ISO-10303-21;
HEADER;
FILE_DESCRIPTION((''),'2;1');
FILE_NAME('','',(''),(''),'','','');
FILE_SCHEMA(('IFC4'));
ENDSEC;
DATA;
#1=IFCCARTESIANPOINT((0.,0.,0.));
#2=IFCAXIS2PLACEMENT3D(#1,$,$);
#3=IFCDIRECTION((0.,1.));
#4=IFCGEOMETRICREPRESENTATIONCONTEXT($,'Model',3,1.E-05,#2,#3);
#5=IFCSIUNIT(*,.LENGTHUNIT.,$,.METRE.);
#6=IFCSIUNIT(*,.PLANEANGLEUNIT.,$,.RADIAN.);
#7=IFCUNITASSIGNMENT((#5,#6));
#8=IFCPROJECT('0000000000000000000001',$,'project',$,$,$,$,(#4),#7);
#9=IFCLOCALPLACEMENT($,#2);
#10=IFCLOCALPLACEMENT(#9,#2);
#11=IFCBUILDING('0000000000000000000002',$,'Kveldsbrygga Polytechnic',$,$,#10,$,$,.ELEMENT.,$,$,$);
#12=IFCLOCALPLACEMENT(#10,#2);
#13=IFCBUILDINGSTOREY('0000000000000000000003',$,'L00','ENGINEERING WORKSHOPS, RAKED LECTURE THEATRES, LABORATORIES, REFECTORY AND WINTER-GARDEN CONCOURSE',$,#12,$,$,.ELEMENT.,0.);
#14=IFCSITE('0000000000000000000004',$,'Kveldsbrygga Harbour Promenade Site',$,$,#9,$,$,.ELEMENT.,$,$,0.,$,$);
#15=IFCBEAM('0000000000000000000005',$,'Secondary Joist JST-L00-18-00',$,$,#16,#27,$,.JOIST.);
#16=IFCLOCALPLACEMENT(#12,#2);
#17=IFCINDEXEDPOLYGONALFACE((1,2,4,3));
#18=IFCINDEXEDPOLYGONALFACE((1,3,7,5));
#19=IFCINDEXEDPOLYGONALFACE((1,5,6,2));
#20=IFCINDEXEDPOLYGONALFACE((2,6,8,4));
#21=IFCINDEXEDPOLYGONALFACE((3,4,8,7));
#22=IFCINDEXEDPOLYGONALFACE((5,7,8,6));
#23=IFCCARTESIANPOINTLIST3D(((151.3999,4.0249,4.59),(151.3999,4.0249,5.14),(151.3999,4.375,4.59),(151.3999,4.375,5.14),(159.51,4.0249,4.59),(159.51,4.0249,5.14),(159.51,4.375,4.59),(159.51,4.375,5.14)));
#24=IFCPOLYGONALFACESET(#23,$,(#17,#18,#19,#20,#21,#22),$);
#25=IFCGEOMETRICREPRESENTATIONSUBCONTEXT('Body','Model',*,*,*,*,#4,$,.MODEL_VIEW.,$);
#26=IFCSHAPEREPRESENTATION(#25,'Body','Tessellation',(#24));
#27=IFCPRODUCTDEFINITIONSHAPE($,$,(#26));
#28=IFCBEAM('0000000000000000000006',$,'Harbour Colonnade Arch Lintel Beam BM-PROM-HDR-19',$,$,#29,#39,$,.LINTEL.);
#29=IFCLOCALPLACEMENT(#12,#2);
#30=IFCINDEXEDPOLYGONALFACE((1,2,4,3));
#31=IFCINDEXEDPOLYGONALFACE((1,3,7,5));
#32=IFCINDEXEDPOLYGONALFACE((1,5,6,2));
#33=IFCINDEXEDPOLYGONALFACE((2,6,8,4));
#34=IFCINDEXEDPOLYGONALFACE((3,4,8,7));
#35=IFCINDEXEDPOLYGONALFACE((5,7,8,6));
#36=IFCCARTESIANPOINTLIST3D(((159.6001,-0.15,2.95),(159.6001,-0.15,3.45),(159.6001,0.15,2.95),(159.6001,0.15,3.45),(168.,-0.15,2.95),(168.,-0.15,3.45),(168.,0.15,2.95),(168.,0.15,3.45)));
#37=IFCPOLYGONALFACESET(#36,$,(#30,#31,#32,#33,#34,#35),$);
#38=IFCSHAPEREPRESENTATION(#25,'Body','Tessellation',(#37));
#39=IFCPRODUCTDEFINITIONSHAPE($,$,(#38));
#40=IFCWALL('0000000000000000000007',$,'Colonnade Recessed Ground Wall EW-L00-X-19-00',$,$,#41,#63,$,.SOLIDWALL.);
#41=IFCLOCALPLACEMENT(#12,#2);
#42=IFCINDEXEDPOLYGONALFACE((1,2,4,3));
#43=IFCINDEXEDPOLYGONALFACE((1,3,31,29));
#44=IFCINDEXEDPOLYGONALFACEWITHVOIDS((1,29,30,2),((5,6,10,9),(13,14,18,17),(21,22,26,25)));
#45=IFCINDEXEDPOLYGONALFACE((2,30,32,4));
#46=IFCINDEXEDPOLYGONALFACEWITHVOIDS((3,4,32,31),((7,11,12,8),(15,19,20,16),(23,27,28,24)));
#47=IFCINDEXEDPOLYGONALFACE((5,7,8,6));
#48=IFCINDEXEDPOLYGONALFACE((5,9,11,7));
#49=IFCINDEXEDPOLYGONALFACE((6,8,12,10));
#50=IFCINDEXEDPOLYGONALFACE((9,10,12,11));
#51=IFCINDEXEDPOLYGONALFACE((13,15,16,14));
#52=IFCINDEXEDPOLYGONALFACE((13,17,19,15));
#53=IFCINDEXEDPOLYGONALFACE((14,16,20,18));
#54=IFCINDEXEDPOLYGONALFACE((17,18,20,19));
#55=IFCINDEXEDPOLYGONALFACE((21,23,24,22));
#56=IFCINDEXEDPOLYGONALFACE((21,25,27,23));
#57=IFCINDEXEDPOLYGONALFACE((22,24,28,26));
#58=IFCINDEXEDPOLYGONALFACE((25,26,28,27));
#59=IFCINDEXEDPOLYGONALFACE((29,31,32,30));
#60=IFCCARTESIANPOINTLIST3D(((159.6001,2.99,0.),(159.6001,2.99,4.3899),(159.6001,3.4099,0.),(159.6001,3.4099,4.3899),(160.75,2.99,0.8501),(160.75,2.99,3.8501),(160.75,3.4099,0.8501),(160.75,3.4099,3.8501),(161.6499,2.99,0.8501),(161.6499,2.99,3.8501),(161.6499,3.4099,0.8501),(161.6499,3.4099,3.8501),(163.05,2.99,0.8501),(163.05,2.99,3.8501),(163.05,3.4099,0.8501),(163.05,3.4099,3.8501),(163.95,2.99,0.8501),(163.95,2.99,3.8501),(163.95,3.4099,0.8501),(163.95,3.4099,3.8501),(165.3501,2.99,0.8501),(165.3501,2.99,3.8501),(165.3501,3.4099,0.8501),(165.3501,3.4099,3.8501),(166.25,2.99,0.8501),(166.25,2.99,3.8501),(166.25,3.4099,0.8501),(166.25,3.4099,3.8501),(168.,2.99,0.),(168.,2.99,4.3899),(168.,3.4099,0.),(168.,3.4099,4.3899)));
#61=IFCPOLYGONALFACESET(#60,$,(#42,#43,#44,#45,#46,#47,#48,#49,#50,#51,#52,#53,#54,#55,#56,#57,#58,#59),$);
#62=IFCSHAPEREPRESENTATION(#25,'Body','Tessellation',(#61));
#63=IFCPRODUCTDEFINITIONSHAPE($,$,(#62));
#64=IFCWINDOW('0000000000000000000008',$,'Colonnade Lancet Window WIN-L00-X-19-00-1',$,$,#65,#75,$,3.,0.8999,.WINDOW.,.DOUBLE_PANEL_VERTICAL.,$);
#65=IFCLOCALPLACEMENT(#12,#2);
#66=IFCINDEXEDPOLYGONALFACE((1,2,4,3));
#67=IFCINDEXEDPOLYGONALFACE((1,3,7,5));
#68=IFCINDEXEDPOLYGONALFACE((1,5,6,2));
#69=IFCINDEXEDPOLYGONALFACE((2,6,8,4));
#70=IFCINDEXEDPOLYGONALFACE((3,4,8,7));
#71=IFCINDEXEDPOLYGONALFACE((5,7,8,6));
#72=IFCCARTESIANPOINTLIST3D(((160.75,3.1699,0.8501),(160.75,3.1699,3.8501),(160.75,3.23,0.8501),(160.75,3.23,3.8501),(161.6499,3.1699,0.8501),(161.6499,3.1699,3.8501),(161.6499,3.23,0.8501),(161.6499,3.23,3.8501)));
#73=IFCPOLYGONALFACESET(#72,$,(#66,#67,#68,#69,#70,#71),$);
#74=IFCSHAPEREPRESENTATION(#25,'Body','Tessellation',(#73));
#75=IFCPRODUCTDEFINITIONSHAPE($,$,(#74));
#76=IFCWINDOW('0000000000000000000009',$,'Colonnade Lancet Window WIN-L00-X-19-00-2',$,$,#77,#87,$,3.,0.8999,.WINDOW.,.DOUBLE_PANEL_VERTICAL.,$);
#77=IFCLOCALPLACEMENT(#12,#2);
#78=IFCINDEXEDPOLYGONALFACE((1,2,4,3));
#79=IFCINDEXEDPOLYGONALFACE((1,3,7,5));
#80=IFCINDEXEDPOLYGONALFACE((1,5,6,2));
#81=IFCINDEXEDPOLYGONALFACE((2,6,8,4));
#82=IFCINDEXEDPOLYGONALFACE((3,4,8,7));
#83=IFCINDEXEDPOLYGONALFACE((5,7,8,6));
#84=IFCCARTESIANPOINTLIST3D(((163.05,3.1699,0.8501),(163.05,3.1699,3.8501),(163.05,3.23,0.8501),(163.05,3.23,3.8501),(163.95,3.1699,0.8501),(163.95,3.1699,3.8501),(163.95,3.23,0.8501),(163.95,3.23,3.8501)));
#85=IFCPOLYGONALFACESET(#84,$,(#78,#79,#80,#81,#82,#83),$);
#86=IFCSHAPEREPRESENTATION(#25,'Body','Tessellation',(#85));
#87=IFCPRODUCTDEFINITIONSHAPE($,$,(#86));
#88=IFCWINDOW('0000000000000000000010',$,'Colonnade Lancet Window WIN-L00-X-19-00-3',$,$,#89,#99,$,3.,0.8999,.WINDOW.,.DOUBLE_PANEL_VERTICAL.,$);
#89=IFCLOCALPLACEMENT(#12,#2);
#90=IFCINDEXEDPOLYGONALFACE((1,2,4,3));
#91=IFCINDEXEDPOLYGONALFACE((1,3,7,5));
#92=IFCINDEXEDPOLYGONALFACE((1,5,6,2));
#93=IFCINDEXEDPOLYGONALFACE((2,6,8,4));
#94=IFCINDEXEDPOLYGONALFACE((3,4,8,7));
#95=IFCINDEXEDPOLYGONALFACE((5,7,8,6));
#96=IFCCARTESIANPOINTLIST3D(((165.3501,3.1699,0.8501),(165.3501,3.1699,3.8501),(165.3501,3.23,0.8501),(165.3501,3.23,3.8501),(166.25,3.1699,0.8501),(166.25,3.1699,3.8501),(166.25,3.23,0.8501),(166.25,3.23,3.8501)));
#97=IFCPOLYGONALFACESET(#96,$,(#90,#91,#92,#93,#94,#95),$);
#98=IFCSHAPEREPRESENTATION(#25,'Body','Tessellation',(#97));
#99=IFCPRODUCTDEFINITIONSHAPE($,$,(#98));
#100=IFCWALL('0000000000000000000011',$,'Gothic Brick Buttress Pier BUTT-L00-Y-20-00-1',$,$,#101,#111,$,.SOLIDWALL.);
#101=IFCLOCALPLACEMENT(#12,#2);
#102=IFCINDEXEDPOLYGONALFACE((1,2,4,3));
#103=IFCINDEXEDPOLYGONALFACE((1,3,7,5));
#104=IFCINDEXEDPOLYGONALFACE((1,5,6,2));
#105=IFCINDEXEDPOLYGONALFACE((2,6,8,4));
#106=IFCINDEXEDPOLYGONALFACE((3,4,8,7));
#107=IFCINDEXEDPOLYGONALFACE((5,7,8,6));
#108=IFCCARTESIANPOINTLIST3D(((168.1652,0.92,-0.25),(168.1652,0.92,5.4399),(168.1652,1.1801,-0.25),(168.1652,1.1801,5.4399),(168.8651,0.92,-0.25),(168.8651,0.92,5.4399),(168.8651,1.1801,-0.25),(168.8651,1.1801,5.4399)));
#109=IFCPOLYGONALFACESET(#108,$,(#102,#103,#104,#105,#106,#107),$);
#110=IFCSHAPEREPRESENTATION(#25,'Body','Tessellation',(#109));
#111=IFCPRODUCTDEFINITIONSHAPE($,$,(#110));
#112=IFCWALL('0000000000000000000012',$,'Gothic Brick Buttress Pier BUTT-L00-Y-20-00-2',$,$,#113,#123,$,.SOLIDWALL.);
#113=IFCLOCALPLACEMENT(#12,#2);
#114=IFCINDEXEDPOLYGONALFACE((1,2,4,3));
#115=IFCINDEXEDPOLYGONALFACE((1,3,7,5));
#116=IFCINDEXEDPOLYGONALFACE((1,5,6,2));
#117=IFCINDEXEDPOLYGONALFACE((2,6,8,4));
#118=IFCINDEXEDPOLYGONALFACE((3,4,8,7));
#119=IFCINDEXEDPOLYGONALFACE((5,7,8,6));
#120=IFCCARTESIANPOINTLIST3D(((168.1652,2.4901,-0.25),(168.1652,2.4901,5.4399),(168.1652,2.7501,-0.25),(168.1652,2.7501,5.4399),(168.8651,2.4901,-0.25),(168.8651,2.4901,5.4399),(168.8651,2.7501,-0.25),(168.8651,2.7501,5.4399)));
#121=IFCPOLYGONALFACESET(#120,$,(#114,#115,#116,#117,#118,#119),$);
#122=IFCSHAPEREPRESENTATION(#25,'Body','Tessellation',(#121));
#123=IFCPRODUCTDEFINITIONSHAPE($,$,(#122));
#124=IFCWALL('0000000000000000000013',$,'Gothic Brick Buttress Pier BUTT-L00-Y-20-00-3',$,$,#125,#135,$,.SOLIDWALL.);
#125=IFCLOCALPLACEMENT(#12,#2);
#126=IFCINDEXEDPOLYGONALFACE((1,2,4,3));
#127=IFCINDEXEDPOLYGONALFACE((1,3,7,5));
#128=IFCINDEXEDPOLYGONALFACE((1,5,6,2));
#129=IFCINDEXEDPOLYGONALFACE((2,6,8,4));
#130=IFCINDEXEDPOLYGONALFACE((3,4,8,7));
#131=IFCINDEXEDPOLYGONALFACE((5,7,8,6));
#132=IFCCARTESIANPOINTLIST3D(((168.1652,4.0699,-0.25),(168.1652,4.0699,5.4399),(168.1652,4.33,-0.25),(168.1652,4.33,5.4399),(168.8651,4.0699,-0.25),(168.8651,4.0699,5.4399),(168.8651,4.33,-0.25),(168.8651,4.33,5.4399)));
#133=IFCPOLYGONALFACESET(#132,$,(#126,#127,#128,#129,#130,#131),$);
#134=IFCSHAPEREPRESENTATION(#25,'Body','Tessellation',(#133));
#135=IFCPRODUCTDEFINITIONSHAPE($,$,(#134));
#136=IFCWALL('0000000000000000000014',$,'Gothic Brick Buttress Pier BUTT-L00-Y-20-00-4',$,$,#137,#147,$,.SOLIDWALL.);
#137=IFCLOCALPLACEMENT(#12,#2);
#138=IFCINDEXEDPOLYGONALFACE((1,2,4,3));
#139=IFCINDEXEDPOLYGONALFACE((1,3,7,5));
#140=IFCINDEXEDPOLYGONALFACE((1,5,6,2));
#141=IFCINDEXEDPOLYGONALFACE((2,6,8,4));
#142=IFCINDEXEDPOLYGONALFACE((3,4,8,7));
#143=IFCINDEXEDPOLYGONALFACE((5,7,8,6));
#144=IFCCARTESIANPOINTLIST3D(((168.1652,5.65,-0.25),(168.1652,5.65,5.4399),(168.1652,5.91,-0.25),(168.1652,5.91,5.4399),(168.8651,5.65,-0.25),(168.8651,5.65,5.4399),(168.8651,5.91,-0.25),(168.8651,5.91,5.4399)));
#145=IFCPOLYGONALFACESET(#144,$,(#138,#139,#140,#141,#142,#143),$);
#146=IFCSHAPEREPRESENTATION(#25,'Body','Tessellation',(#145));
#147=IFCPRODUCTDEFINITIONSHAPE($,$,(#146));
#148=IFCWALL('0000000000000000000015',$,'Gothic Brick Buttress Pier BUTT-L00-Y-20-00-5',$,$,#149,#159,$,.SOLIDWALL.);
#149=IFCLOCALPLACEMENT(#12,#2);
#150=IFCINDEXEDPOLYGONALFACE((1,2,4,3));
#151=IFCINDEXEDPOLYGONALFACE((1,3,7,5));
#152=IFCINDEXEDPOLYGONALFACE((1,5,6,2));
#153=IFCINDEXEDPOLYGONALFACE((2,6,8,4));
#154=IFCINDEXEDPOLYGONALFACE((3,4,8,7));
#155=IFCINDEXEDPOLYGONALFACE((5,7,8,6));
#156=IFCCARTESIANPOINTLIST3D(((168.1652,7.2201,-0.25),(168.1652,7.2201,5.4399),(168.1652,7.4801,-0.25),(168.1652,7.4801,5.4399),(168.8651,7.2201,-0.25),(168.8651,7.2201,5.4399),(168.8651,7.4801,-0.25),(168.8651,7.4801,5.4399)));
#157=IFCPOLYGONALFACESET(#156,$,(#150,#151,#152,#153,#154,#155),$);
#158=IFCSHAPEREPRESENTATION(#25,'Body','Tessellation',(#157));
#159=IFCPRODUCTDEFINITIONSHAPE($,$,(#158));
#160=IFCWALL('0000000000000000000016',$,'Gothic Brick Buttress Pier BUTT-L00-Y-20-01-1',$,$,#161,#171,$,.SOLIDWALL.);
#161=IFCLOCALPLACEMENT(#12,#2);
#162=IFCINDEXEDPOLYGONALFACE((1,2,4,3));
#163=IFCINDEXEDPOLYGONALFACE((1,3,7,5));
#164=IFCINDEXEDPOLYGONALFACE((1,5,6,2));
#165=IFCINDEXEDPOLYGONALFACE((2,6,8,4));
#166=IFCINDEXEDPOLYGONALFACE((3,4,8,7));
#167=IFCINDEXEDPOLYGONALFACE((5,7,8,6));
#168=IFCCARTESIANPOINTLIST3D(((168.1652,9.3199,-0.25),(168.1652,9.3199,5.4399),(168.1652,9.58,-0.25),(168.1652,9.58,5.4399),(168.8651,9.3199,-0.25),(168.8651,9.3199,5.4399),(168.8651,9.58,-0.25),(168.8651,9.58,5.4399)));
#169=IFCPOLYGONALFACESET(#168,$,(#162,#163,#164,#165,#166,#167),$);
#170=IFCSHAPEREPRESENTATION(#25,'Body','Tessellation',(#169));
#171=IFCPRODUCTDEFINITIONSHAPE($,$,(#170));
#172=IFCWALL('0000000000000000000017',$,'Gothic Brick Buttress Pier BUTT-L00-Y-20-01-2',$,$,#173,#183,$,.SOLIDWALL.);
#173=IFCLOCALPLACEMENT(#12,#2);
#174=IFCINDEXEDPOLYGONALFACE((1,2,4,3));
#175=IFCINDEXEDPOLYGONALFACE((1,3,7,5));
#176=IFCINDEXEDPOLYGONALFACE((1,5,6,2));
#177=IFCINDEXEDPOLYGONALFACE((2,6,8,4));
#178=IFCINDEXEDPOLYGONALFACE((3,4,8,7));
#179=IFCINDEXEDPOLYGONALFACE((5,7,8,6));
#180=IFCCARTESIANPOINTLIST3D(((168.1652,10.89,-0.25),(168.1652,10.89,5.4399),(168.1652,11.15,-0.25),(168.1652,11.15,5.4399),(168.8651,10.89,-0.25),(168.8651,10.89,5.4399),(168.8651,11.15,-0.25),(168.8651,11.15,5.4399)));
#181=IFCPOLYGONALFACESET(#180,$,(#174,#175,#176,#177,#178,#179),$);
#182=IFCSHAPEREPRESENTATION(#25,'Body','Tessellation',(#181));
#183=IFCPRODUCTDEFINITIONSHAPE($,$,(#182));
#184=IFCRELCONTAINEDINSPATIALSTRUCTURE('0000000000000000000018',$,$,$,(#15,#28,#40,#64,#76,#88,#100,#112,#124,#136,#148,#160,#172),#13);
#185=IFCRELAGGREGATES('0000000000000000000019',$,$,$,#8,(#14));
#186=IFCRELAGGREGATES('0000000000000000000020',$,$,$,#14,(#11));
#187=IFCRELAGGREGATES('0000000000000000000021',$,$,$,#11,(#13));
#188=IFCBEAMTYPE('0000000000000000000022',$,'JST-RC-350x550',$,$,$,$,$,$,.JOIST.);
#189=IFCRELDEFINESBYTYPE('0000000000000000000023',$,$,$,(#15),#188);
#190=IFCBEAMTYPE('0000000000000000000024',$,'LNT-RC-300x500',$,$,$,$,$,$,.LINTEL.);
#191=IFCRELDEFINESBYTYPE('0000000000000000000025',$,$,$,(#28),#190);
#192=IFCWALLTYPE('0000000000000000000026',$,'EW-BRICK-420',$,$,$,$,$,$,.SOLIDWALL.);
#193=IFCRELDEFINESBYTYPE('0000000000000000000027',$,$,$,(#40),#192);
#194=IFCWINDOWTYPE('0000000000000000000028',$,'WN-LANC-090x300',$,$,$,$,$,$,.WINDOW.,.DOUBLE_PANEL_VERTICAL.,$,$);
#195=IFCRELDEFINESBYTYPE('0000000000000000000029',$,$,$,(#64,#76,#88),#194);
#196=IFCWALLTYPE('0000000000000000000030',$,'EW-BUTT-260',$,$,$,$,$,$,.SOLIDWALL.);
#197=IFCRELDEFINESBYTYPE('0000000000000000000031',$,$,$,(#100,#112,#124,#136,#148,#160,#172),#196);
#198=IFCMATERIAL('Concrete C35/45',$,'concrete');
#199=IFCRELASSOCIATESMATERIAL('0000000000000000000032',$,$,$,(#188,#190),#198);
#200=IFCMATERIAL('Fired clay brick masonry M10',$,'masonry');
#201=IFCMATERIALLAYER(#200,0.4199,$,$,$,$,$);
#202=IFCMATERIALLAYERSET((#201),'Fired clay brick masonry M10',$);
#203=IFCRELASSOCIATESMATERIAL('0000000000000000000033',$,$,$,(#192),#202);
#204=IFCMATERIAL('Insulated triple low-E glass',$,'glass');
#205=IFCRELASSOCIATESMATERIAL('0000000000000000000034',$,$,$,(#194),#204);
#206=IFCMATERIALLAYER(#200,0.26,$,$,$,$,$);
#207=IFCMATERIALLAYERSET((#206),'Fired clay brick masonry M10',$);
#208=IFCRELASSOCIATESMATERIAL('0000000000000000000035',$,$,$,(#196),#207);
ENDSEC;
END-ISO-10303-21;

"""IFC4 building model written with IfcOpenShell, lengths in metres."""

from ifc_helpers import new_model, si_unit, direction, frame, frame_2d, origin, origin_2d, place, context, subcontext, project, spatial, rectangle, extrude, material, layer, layer_set, material_profile, profile_set, type_object, element, fill, save


model = new_model("IFC4")

# Units and contexts
model_context = context("Model", 3, precision=1e-05, world=origin(), true_north=direction((0.0, 1.0)))
body_context = subcontext(model_context, "Body", "Model", "MODEL_VIEW")
ifc_project = project(units=[si_unit("LENGTHUNIT", "METRE"), si_unit("PLANEANGLEUNIT", "RADIAN")], contexts=[model_context])

# Site, building, storey
site_placement = place(None, origin())
site = spatial("IfcSite", under=ifc_project, at=site_placement, Name="Kveldsbrygga Harbour Promenade Site", CompositionType="ELEMENT", RefElevation=0.0)
building_placement = place(site_placement, origin())
building = spatial("IfcBuilding", under=site, at=building_placement, Name="Kveldsbrygga Polytechnic", CompositionType="ELEMENT")
storey_placement = place(building_placement, origin())
storey = spatial("IfcBuildingStorey", under=building, at=storey_placement, Name="L00", Description="ENGINEERING WORKSHOPS, RAKED LECTURE THEATRES, LABORATORIES, REFECTORY AND WINTER-GARDEN CONCOURSE", CompositionType="ELEMENT", Elevation=0.0)

# Beams
ifc_material_1 = material(Name="Concrete C35/45", Category="concrete")
ifc_material_profile_1 = material_profile(ifc_material_1, rectangle(XDim=0.3501, YDim=0.55, at=origin_2d()), Name="RC 350x550")
ifc_profile_set_1 = profile_set([ifc_material_profile_1], Name="Concrete C35/45")
beam_type_1 = type_object("IfcBeamType", Name="JST-RC-350x550", PredefinedType="JOIST", material=ifc_profile_set_1)
beam_1_placement = place(storey_placement, frame((151.3999, 4.2, 4.865), z_axis=(1.0, 0.0, 0.0), x_axis=(0.0, 1.0, 0.0)))
element("IfcBeam", 1, at=beam_1_placement, inside=storey, type_object=beam_type_1, Name="Secondary Joist JST-L00-18-00", PredefinedType="JOIST", context=body_context, shape_type="SweptSolid", body=[
    extrude(rectangle(XDim=0.3501, YDim=0.55, at=origin_2d()), origin(), (0.0, 0.0, 1.0), 8.1101),
])
ifc_material_profile_2 = material_profile(ifc_material_1, rectangle(XDim=0.3, YDim=0.5, at=origin_2d()), Name="RC 300x500")
ifc_profile_set_2 = profile_set([ifc_material_profile_2], Name="Concrete C35/45")
beam_type_2 = type_object("IfcBeamType", Name="LNT-RC-300x500", PredefinedType="LINTEL", material=ifc_profile_set_2)
beam_2_placement = place(storey_placement, frame((159.6001, 0.0, 3.2), z_axis=(1.0, 0.0, 0.0), x_axis=(0.0, 1.0, 0.0)))
element("IfcBeam", 2, at=beam_2_placement, inside=storey, type_object=beam_type_2, Name="Harbour Colonnade Arch Lintel Beam BM-PROM-HDR-19", PredefinedType="LINTEL", context=body_context, shape_type="SweptSolid", body=[
    extrude(rectangle(XDim=0.3, YDim=0.5, at=origin_2d()), origin(), (0.0, 0.0, 1.0), 8.3999),
])

# Wall, openings, windows
ifc_material_2 = material(Name="Fired clay brick masonry M10", Category="masonry")
ifc_layer_1 = layer(ifc_material_2, 0.4199)
ifc_layer_set_1 = layer_set([ifc_layer_1], Name="Fired clay brick masonry M10")
wall_type_1 = type_object("IfcWallType", Name="EW-BRICK-420", PredefinedType="SOLIDWALL", material=ifc_layer_set_1)
wall_1_placement = place(storey_placement, frame((159.6001, 3.2, 0.0), z_axis=(0.0, 0.0, 1.0), x_axis=(1.0, 0.0, 0.0)))
wall_1 = element("IfcWall", 3, at=wall_1_placement, inside=storey, type_object=wall_type_1, Name="Colonnade Recessed Ground Wall EW-L00-X-19-00", PredefinedType="SOLIDWALL", context=body_context, shape_type="SweptSolid", body=[
    extrude(rectangle(XDim=8.3999, YDim=0.4199, at=frame_2d((4.2, 0.0))), origin(), (0.0, 0.0, 1.0), 4.3899),
])
opening_1_placement = place(wall_1_placement, frame((1.1499, 0.0, 0.8501)))
opening_1 = element("IfcOpeningElement", 4, at=opening_1_placement, cuts=wall_1, PredefinedType="OPENING", context=body_context, shape_type="SweptSolid", body=[
    extrude(rectangle(XDim=0.8999, YDim=3.0, at=frame_2d((0.45, 1.5))), frame((0.0, 0.22, 0.0), z_axis=(0.0, -1.0, 0.0), x_axis=(1.0, 0.0, 0.0)), (0.0, 0.0, 1.0), 0.4399),
])
opening_2_placement = place(wall_1_placement, frame((3.45, 0.0, 0.8501)))
opening_2 = element("IfcOpeningElement", 5, at=opening_2_placement, cuts=wall_1, PredefinedType="OPENING", context=body_context, shape_type="SweptSolid", body=[
    extrude(rectangle(XDim=0.8999, YDim=3.0, at=frame_2d((0.45, 1.5))), frame((0.0, 0.22, 0.0), z_axis=(0.0, -1.0, 0.0), x_axis=(1.0, 0.0, 0.0)), (0.0, 0.0, 1.0), 0.4399),
])
opening_3_placement = place(wall_1_placement, frame((5.75, 0.0, 0.8501)))
opening_3 = element("IfcOpeningElement", 6, at=opening_3_placement, cuts=wall_1, PredefinedType="OPENING", context=body_context, shape_type="SweptSolid", body=[
    extrude(rectangle(XDim=0.8999, YDim=3.0, at=frame_2d((0.45, 1.5))), frame((0.0, 0.22, 0.0), z_axis=(0.0, -1.0, 0.0), x_axis=(1.0, 0.0, 0.0)), (0.0, 0.0, 1.0), 0.4399),
])
ifc_material_3 = material(Name="Insulated triple low-E glass", Category="glass")
window_type = type_object("IfcWindowType", Name="WN-LANC-090x300", PartitioningType="DOUBLE_PANEL_VERTICAL", PredefinedType="WINDOW", material=ifc_material_3)
window_1_placement = place(opening_1_placement, origin())
window_1 = element("IfcWindow", 7, at=window_1_placement, inside=storey, type_object=window_type, Name="Colonnade Lancet Window WIN-L00-X-19-00-1", OverallHeight=3.0, OverallWidth=0.8999, PartitioningType="DOUBLE_PANEL_VERTICAL", PredefinedType="WINDOW", context=body_context, shape_type="SweptSolid", body=[
    extrude(rectangle(XDim=0.8999, YDim=3.0, at=frame_2d((0.45, 1.5))), frame((0.0, 0.03, 0.0), z_axis=(0.0, -1.0, 0.0), x_axis=(1.0, 0.0, 0.0)), (0.0, 0.0, 1.0), 0.0601),
])
fill(opening_1, window_1)
window_2_placement = place(opening_2_placement, origin())
window_2 = element("IfcWindow", 8, at=window_2_placement, inside=storey, type_object=window_type, Name="Colonnade Lancet Window WIN-L00-X-19-00-2", OverallHeight=3.0, OverallWidth=0.8999, PartitioningType="DOUBLE_PANEL_VERTICAL", PredefinedType="WINDOW", context=body_context, shape_type="SweptSolid", body=[
    extrude(rectangle(XDim=0.8999, YDim=3.0, at=frame_2d((0.45, 1.5))), frame((0.0, 0.03, 0.0), z_axis=(0.0, -1.0, 0.0), x_axis=(1.0, 0.0, 0.0)), (0.0, 0.0, 1.0), 0.0601),
])
fill(opening_2, window_2)
window_3_placement = place(opening_3_placement, origin())
window_3 = element("IfcWindow", 9, at=window_3_placement, inside=storey, type_object=window_type, Name="Colonnade Lancet Window WIN-L00-X-19-00-3", OverallHeight=3.0, OverallWidth=0.8999, PartitioningType="DOUBLE_PANEL_VERTICAL", PredefinedType="WINDOW", context=body_context, shape_type="SweptSolid", body=[
    extrude(rectangle(XDim=0.8999, YDim=3.0, at=frame_2d((0.45, 1.5))), frame((0.0, 0.03, 0.0), z_axis=(0.0, -1.0, 0.0), x_axis=(1.0, 0.0, 0.0)), (0.0, 0.0, 1.0), 0.0601),
])
fill(opening_3, window_3)

# Walls
ifc_layer_2 = layer(ifc_material_2, 0.26)
ifc_layer_set_2 = layer_set([ifc_layer_2], Name="Fired clay brick masonry M10")
wall_type_2 = type_object("IfcWallType", Name="EW-BUTT-260", PredefinedType="SOLIDWALL", material=ifc_layer_set_2)
for number, where, z_axis, x_axis, name in (
    (10, (168.165, 1.05, -0.25), (0.0, 0.0, 1.0), (1.0, 0.0, 0.0), "Gothic Brick Buttress Pier BUTT-L00-Y-20-00-1"),
    (11, (168.165, 2.6201, -0.25), (0.0, 0.0, 1.0), (1.0, 0.0, 0.0), "Gothic Brick Buttress Pier BUTT-L00-Y-20-00-2"),
    (12, (168.165, 4.2, -0.25), (0.0, 0.0, 1.0), (1.0, 0.0, 0.0), "Gothic Brick Buttress Pier BUTT-L00-Y-20-00-3"),
    (13, (168.165, 5.78, -0.25), (0.0, 0.0, 1.0), (1.0, 0.0, 0.0), "Gothic Brick Buttress Pier BUTT-L00-Y-20-00-4"),
    (14, (168.165, 7.3501, -0.25), (0.0, 0.0, 1.0), (1.0, 0.0, 0.0), "Gothic Brick Buttress Pier BUTT-L00-Y-20-00-5"),
    (15, (168.165, 9.45, -0.25), (0.0, 0.0, 1.0), (1.0, 0.0, 0.0), "Gothic Brick Buttress Pier BUTT-L00-Y-20-01-1"),
    (16, (168.165, 11.02, -0.25), (0.0, 0.0, 1.0), (1.0, 0.0, 0.0), "Gothic Brick Buttress Pier BUTT-L00-Y-20-01-2"),
):
    element("IfcWall", number, at=place(storey_placement, frame(where, z_axis=z_axis, x_axis=x_axis)), inside=storey, type_object=wall_type_2, Name=name, PredefinedType="SOLIDWALL", context=body_context, shape_type="SweptSolid", body=[
        extrude(rectangle(XDim=0.7, YDim=0.26, at=frame_2d((0.3501, 0.0))), origin(), (0.0, 0.0, 1.0), 5.6899),
    ])

save(model, "model.ifc")
